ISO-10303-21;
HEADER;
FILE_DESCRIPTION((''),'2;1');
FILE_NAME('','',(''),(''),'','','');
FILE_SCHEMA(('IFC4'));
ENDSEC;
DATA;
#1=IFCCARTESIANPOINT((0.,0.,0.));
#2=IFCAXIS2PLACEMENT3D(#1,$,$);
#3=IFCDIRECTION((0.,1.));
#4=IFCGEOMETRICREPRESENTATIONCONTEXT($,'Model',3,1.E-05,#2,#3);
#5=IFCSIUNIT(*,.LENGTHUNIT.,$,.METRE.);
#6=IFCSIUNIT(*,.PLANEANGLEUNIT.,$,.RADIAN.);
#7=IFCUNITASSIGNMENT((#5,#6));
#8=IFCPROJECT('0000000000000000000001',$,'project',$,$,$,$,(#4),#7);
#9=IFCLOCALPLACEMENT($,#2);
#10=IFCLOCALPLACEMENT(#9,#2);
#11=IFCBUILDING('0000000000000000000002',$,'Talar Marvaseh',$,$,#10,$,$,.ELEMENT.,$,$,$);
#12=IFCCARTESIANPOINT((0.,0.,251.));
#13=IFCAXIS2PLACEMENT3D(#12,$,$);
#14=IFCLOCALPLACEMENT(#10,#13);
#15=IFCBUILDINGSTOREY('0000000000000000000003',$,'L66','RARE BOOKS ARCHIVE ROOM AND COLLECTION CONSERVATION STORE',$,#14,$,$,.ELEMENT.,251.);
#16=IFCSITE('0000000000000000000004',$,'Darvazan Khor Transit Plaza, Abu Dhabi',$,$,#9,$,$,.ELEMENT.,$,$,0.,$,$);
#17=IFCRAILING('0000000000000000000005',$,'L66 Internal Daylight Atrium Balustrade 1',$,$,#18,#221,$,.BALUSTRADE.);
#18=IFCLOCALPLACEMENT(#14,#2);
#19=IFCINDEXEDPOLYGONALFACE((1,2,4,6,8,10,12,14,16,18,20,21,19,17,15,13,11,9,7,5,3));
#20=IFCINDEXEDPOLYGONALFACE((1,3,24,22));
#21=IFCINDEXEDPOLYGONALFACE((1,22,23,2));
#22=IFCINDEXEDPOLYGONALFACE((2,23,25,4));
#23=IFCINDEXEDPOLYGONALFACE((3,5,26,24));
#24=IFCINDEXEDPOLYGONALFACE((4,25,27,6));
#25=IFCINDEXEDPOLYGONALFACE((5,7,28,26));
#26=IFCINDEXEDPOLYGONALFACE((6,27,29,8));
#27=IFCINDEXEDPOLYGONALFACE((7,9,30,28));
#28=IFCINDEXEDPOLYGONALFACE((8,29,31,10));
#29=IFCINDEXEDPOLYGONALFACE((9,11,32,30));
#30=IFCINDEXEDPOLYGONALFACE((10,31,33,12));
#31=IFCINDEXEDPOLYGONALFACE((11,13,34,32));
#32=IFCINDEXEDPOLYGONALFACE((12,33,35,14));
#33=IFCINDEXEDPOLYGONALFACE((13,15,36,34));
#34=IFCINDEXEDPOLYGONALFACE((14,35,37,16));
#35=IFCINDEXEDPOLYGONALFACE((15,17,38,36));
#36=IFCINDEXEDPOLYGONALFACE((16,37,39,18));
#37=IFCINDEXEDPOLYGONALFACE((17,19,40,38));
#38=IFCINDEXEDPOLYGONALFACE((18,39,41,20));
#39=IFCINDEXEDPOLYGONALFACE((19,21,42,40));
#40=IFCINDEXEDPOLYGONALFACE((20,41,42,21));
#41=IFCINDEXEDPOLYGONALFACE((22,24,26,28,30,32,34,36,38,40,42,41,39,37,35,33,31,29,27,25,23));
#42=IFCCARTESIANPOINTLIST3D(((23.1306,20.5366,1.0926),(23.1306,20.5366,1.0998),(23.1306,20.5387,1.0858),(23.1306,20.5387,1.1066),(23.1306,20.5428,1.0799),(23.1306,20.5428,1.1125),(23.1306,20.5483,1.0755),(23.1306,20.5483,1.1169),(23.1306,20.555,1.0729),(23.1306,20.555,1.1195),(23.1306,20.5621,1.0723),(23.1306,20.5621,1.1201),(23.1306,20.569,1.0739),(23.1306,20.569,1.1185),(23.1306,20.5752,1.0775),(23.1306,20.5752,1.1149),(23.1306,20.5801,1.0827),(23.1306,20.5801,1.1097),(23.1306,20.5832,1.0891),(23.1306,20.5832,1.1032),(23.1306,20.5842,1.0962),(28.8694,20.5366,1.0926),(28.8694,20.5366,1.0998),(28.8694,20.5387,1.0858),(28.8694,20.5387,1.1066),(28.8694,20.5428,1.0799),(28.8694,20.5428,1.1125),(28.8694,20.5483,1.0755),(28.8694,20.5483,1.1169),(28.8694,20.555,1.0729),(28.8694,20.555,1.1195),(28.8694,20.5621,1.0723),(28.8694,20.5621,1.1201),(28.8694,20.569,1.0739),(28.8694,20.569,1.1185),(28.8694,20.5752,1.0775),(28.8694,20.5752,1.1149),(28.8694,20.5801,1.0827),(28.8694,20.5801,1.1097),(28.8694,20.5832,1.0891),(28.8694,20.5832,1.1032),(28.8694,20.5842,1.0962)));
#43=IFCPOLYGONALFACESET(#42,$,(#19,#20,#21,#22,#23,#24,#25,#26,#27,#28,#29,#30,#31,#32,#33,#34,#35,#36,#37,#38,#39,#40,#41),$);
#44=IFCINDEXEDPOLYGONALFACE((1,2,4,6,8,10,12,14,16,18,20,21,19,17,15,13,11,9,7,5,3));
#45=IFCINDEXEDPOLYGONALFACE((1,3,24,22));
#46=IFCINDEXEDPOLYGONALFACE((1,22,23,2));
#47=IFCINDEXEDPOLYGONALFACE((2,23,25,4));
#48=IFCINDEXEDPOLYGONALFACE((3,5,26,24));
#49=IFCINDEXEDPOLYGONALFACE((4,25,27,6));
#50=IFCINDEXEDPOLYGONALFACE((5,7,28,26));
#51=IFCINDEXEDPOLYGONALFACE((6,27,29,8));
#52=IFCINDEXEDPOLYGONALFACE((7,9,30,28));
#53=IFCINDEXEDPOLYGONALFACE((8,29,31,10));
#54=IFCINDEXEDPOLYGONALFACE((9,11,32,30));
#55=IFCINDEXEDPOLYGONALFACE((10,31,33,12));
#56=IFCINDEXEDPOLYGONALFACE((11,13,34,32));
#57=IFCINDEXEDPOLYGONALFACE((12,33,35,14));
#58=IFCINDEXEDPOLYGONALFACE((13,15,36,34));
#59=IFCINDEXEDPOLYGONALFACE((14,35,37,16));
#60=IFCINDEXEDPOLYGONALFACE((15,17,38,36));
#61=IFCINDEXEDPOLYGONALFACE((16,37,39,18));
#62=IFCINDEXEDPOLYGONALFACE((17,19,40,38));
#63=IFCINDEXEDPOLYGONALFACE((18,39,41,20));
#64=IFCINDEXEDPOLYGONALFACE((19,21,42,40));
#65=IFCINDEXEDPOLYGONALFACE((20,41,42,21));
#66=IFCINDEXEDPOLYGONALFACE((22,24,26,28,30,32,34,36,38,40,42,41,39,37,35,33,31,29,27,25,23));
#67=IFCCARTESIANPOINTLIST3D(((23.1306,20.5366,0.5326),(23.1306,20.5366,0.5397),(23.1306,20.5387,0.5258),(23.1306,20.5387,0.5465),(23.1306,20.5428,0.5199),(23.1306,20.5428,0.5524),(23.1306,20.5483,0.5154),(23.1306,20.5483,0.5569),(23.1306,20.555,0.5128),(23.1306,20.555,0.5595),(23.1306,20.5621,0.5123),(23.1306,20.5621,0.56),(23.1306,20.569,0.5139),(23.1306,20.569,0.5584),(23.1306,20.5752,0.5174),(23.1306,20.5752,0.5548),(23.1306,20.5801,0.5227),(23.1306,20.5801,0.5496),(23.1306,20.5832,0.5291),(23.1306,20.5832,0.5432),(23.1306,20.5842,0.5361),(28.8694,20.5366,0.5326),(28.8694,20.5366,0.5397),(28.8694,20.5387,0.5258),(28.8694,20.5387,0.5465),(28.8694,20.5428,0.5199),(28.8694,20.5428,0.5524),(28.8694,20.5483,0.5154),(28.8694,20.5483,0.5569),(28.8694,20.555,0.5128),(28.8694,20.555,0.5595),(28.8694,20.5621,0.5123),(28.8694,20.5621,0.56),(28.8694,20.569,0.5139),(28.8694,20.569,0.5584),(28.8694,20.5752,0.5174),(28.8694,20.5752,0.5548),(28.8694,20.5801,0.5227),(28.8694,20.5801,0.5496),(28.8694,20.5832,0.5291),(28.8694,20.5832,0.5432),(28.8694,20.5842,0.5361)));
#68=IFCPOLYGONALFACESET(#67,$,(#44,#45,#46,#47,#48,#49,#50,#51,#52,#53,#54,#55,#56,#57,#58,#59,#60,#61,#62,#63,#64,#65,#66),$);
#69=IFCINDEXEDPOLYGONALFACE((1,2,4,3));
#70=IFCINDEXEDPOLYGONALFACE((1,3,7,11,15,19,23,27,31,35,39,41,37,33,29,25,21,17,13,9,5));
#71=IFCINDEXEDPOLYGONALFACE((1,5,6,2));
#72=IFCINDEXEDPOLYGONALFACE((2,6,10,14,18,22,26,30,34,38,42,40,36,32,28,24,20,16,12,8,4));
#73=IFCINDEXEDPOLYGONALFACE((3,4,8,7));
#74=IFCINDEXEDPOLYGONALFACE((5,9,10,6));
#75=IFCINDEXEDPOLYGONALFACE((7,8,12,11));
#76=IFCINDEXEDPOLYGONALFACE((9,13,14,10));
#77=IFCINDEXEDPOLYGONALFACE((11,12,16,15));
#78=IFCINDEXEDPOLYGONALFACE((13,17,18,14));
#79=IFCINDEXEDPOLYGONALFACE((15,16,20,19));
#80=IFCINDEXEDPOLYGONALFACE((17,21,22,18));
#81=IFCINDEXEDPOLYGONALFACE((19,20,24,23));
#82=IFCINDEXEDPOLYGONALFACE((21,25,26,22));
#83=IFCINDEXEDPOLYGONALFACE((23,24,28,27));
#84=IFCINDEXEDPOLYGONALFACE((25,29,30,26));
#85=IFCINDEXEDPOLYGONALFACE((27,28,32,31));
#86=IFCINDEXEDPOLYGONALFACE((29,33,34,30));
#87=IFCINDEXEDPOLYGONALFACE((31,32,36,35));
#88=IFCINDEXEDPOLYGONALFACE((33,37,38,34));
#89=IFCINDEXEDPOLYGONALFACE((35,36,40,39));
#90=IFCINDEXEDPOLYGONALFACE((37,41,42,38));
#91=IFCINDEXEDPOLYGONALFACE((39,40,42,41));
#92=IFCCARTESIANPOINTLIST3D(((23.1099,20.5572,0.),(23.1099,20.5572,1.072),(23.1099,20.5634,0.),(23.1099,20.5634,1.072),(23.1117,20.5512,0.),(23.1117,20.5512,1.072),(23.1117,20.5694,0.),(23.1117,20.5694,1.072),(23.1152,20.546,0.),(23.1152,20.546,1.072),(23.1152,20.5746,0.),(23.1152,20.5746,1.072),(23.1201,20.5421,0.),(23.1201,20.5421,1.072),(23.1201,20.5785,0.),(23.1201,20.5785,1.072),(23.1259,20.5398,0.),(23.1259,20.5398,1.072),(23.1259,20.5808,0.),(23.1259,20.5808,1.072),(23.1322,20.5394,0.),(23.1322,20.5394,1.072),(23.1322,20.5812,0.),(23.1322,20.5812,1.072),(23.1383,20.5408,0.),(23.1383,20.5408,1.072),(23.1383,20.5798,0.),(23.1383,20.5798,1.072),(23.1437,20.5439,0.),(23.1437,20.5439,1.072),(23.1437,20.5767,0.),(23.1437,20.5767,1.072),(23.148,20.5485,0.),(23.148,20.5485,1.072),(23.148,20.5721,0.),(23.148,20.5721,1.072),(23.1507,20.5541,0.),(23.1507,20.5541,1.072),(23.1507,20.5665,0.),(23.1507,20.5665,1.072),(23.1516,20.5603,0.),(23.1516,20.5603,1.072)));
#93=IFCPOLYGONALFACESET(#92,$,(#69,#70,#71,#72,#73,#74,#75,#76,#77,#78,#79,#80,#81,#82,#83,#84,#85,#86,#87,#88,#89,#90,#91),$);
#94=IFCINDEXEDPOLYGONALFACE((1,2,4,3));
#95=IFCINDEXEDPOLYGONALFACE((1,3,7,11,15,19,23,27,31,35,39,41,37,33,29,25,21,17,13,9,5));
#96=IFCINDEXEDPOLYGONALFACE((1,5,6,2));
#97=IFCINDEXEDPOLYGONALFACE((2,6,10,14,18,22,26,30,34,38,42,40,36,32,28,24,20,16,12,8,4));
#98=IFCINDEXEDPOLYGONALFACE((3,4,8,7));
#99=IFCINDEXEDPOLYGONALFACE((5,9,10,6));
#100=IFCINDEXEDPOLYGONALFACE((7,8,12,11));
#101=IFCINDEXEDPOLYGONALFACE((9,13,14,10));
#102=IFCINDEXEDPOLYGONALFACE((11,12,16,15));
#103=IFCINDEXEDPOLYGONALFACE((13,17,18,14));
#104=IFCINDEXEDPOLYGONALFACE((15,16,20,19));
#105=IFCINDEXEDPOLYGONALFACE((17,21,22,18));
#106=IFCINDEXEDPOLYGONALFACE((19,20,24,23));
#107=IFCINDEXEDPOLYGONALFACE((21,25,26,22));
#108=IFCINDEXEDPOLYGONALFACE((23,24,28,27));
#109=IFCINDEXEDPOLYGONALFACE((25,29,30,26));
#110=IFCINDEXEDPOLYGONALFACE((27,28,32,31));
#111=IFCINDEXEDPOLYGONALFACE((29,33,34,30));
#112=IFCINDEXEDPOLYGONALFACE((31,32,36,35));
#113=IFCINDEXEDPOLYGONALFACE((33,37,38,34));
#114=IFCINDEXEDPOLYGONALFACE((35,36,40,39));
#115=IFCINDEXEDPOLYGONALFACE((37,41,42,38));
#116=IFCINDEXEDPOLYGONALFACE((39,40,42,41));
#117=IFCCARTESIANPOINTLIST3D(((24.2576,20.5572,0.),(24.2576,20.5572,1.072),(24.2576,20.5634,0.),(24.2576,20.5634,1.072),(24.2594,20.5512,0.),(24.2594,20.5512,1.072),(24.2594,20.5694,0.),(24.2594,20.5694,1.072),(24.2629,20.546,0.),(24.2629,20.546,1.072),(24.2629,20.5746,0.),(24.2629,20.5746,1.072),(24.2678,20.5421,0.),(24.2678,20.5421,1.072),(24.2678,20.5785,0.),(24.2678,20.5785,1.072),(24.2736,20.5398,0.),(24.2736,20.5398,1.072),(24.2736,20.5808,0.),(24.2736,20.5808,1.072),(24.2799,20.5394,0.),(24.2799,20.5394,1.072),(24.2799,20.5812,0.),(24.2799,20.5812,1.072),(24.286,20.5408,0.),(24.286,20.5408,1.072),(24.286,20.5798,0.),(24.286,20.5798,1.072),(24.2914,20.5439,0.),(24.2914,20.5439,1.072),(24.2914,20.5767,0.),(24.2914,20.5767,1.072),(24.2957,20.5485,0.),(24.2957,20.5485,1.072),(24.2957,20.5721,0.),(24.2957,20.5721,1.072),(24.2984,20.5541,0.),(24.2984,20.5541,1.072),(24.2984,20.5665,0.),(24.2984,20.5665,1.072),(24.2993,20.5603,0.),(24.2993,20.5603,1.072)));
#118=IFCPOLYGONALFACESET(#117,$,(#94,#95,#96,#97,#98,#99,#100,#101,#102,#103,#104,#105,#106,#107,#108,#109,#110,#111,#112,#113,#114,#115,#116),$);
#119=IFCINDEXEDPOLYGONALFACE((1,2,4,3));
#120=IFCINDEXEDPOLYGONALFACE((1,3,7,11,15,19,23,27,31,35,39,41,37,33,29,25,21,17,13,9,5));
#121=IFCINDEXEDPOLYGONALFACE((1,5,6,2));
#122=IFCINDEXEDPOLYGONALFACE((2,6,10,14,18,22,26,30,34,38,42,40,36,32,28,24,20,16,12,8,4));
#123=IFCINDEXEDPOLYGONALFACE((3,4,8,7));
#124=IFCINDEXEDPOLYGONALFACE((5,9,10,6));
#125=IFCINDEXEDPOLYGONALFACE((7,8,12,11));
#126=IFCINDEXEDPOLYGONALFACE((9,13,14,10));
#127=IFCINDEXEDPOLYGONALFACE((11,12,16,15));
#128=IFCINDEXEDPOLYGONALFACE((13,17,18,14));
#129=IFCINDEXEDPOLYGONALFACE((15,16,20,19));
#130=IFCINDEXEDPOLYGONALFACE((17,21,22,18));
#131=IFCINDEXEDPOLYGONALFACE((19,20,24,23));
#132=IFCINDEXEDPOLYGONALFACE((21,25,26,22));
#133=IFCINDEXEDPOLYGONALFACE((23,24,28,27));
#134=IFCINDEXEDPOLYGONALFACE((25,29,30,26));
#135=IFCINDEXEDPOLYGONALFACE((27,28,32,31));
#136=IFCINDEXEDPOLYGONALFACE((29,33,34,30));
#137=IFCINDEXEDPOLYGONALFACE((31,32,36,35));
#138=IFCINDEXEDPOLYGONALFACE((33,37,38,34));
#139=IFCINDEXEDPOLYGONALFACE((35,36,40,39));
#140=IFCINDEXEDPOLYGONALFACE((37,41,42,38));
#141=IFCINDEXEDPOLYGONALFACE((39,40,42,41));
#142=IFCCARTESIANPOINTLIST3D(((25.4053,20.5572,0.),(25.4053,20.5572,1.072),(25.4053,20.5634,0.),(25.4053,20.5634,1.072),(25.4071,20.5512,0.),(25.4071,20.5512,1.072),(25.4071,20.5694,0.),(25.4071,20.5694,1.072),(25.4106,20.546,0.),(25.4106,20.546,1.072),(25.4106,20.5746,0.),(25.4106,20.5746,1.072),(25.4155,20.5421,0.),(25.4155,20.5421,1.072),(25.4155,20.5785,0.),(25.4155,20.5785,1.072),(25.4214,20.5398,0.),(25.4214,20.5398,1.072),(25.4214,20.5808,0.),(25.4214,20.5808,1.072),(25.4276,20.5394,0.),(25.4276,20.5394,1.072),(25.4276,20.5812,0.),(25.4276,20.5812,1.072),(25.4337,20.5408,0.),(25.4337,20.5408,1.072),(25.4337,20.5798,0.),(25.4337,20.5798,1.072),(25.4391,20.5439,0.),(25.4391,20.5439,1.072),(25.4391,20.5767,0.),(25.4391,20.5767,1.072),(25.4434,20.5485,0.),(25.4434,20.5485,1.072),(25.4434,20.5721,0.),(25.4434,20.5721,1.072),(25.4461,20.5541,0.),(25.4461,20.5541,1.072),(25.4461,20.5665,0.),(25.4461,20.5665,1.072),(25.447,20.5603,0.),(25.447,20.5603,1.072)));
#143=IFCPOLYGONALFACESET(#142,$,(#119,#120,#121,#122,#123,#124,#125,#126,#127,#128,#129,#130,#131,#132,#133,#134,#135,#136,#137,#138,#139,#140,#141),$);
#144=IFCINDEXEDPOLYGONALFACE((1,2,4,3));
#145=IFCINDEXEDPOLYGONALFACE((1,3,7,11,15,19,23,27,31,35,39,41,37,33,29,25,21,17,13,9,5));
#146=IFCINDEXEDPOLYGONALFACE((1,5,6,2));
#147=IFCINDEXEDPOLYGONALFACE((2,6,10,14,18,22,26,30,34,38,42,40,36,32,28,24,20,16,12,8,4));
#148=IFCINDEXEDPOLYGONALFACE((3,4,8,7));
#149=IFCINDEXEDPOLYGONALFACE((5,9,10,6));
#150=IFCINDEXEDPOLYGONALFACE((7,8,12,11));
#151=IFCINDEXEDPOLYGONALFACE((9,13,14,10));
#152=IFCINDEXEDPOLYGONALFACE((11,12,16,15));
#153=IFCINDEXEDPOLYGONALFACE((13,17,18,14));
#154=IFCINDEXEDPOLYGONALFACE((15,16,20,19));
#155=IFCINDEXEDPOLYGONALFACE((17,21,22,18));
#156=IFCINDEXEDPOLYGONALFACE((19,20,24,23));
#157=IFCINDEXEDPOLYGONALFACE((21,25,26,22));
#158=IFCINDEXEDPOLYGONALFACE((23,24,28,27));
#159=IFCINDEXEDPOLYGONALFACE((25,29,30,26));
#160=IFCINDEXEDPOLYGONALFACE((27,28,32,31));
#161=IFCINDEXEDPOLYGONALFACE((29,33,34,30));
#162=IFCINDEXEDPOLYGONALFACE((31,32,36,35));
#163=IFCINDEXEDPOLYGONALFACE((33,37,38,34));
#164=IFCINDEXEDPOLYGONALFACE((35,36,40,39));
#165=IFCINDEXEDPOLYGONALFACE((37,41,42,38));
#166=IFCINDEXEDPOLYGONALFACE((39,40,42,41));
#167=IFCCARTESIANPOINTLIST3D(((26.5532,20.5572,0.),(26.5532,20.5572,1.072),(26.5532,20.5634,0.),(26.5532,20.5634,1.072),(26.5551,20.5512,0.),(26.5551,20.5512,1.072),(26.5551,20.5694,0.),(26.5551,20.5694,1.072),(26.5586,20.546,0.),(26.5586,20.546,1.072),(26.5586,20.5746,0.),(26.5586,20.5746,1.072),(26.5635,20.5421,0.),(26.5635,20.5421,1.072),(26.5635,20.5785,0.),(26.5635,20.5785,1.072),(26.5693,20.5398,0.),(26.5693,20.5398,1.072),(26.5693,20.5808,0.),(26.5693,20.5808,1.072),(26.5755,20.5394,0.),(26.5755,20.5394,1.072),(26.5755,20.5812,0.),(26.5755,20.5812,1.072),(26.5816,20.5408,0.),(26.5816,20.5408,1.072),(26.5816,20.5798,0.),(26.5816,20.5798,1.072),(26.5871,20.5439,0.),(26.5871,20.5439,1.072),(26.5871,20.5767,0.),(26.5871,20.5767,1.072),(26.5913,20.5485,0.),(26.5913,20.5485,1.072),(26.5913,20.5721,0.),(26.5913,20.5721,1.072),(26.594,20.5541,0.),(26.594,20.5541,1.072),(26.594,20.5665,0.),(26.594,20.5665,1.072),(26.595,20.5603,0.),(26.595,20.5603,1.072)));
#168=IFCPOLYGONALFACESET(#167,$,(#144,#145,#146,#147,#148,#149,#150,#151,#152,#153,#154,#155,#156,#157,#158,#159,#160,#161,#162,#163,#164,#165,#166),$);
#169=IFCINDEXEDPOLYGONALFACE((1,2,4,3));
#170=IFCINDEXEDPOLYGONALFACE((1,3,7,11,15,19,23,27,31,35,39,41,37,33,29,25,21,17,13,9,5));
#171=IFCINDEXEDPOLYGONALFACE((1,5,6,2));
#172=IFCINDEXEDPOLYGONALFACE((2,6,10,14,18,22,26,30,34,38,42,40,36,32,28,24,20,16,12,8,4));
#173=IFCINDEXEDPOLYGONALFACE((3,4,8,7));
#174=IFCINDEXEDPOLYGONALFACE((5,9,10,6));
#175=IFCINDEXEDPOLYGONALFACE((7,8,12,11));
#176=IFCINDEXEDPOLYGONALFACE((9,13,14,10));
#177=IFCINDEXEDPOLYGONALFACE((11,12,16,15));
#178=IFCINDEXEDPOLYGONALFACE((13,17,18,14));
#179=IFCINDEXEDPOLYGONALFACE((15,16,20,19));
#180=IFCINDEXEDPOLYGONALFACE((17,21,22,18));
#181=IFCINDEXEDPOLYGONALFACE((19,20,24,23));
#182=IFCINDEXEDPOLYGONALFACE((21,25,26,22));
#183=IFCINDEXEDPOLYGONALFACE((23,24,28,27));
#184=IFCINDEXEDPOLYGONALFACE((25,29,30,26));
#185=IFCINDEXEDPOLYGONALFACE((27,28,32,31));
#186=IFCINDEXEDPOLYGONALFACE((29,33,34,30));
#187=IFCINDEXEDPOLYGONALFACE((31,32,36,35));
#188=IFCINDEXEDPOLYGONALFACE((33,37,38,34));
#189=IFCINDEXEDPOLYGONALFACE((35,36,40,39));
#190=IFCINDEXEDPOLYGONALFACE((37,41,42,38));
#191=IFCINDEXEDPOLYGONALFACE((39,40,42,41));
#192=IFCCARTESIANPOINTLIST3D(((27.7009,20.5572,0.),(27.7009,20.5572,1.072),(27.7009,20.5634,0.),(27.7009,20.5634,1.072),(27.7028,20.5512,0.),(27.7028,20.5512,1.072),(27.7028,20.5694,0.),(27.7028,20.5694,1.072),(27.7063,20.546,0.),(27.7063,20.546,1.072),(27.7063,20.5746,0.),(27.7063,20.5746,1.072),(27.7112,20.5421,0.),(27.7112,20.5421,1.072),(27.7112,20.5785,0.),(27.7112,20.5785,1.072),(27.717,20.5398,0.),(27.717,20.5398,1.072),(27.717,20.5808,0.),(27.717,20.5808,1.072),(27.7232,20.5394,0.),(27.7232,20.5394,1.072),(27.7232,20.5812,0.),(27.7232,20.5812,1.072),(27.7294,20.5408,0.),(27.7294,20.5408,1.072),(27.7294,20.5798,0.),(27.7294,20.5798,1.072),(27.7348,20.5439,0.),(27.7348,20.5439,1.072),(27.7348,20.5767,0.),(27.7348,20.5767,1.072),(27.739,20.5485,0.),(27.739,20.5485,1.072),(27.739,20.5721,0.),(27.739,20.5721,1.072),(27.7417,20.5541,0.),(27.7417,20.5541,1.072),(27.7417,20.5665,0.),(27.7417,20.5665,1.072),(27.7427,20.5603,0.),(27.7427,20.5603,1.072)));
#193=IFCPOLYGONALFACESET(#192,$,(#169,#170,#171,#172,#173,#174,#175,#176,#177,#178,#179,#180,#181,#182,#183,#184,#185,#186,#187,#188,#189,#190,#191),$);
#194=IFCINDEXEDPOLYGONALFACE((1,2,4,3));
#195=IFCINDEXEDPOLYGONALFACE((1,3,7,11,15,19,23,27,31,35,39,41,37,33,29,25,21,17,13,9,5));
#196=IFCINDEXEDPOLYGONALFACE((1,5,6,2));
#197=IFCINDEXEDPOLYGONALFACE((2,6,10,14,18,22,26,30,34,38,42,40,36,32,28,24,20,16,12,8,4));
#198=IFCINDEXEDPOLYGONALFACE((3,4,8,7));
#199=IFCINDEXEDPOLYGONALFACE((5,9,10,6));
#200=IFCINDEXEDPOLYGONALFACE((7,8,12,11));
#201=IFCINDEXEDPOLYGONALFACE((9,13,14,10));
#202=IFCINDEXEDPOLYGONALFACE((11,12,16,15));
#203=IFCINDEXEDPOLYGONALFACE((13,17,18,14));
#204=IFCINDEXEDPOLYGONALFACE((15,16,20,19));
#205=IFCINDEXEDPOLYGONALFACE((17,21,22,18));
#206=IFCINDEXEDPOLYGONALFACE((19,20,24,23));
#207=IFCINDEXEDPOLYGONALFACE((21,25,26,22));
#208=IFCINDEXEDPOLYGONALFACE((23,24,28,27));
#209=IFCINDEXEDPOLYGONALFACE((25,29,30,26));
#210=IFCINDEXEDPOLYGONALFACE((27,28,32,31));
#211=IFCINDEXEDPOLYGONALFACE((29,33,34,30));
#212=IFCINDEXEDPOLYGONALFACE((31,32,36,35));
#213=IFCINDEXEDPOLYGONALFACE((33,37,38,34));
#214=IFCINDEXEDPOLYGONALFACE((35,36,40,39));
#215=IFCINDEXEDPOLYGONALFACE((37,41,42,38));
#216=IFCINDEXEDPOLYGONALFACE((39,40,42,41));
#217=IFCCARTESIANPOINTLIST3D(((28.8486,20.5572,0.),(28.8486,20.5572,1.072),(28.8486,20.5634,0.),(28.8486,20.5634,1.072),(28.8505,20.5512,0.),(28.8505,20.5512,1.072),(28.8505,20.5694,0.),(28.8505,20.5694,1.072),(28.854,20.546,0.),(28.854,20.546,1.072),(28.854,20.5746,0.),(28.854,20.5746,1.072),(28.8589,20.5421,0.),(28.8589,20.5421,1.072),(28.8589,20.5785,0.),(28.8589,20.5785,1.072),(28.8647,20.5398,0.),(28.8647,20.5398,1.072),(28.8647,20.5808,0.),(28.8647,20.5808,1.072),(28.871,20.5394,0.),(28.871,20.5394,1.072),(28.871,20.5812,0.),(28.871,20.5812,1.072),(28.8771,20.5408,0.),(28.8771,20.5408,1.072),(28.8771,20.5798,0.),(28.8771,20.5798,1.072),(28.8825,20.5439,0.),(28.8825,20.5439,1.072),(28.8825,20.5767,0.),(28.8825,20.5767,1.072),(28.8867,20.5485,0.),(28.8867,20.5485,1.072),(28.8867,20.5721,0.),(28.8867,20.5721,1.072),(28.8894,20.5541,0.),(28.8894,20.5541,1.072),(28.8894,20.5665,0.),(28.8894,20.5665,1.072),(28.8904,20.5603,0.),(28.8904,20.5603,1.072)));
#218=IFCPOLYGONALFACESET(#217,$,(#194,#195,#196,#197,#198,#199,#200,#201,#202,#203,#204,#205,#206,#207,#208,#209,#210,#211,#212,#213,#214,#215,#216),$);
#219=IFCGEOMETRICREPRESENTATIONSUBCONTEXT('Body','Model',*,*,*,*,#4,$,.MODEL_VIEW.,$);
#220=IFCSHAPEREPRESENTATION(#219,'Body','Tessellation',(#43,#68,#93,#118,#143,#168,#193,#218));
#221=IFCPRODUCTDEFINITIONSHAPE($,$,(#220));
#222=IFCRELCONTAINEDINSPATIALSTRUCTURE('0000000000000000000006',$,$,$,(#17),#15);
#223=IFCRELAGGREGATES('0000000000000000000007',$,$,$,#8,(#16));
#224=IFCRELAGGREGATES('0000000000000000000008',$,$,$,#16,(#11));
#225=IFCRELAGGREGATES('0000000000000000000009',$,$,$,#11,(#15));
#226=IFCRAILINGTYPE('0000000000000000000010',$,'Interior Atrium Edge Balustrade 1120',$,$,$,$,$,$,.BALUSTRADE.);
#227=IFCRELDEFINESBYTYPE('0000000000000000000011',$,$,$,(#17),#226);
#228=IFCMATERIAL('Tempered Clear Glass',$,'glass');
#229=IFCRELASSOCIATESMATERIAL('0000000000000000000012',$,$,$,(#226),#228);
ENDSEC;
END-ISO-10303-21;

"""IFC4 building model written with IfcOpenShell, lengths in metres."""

from ifc_helpers import new_model, si_unit, direction, frame, origin, origin_2d, place, context, subcontext, project, spatial, circle, extrude, material, type_object, element, save


model = new_model("IFC4")

# Units and contexts
model_context = context("Model", 3, precision=1e-05, world=origin(), true_north=direction((0.0, 1.0)))
body_context = subcontext(model_context, "Body", "Model", "MODEL_VIEW")
ifc_project = project(units=[si_unit("LENGTHUNIT", "METRE"), si_unit("PLANEANGLEUNIT", "RADIAN")], contexts=[model_context])

# Site, building, storey
site_placement = place(None, origin())
site = spatial("IfcSite", under=ifc_project, at=site_placement, Name="Darvazan Khor Transit Plaza, Abu Dhabi", CompositionType="ELEMENT", RefElevation=0.0)
building_placement = place(site_placement, origin())
building = spatial("IfcBuilding", under=site, at=building_placement, Name="Talar Marvaseh", CompositionType="ELEMENT")
storey_placement = place(building_placement, frame((0.0, 0.0, 251.0)))
storey = spatial("IfcBuildingStorey", under=building, at=storey_placement, Name="L66", Description="RARE BOOKS ARCHIVE ROOM AND COLLECTION CONSERVATION STORE", CompositionType="ELEMENT", Elevation=251.0)

# Railing
ifc_material_1 = material(Name="Tempered Clear Glass", Category="glass")
railing_type = type_object("IfcRailingType", Name="Interior Atrium Edge Balustrade 1120", PredefinedType="BALUSTRADE", material=ifc_material_1)
railing_1_placement = place(storey_placement, frame((23.1306, 20.5603, 0.0)))
element("IfcRailing", 1, at=railing_1_placement, inside=storey, type_object=railing_type, Name="L66 Internal Daylight Atrium Balustrade 1", PredefinedType="BALUSTRADE", context=body_context, shape_type="SweptSolid", body=[
    extrude(circle(Radius=0.0239, at=origin_2d()), frame((0.0, 0.0, 1.0962), z_axis=(1.0, 0.0, 0.0), x_axis=(0.0, 1.0, 0.0)), (0.0, 0.0, 1.0), 5.7388),
    extrude(circle(Radius=0.0239, at=origin_2d()), frame((0.0, 0.0, 0.5361), z_axis=(1.0, 0.0, 0.0), x_axis=(0.0, 1.0, 0.0)), (0.0, 0.0, 1.0), 5.7388),
    extrude(circle(Radius=0.021, at=origin_2d()), origin(), (0.0, 0.0, 1.0), 1.072),
    extrude(circle(Radius=0.021, at=origin_2d()), frame((1.1477, 0.0, 0.0)), (0.0, 0.0, 1.0), 1.072),
    extrude(circle(Radius=0.021, at=origin_2d()), frame((2.2954, 0.0, 0.0)), (0.0, 0.0, 1.0), 1.072),
    extrude(circle(Radius=0.021, at=origin_2d()), frame((3.4434, 0.0, 0.0)), (0.0, 0.0, 1.0), 1.072),
    extrude(circle(Radius=0.021, at=origin_2d()), frame((4.5911, 0.0, 0.0)), (0.0, 0.0, 1.0), 1.072),
    extrude(circle(Radius=0.021, at=origin_2d()), frame((5.7388, 0.0, 0.0)), (0.0, 0.0, 1.0), 1.072),
])

save(model, "model.ifc")
